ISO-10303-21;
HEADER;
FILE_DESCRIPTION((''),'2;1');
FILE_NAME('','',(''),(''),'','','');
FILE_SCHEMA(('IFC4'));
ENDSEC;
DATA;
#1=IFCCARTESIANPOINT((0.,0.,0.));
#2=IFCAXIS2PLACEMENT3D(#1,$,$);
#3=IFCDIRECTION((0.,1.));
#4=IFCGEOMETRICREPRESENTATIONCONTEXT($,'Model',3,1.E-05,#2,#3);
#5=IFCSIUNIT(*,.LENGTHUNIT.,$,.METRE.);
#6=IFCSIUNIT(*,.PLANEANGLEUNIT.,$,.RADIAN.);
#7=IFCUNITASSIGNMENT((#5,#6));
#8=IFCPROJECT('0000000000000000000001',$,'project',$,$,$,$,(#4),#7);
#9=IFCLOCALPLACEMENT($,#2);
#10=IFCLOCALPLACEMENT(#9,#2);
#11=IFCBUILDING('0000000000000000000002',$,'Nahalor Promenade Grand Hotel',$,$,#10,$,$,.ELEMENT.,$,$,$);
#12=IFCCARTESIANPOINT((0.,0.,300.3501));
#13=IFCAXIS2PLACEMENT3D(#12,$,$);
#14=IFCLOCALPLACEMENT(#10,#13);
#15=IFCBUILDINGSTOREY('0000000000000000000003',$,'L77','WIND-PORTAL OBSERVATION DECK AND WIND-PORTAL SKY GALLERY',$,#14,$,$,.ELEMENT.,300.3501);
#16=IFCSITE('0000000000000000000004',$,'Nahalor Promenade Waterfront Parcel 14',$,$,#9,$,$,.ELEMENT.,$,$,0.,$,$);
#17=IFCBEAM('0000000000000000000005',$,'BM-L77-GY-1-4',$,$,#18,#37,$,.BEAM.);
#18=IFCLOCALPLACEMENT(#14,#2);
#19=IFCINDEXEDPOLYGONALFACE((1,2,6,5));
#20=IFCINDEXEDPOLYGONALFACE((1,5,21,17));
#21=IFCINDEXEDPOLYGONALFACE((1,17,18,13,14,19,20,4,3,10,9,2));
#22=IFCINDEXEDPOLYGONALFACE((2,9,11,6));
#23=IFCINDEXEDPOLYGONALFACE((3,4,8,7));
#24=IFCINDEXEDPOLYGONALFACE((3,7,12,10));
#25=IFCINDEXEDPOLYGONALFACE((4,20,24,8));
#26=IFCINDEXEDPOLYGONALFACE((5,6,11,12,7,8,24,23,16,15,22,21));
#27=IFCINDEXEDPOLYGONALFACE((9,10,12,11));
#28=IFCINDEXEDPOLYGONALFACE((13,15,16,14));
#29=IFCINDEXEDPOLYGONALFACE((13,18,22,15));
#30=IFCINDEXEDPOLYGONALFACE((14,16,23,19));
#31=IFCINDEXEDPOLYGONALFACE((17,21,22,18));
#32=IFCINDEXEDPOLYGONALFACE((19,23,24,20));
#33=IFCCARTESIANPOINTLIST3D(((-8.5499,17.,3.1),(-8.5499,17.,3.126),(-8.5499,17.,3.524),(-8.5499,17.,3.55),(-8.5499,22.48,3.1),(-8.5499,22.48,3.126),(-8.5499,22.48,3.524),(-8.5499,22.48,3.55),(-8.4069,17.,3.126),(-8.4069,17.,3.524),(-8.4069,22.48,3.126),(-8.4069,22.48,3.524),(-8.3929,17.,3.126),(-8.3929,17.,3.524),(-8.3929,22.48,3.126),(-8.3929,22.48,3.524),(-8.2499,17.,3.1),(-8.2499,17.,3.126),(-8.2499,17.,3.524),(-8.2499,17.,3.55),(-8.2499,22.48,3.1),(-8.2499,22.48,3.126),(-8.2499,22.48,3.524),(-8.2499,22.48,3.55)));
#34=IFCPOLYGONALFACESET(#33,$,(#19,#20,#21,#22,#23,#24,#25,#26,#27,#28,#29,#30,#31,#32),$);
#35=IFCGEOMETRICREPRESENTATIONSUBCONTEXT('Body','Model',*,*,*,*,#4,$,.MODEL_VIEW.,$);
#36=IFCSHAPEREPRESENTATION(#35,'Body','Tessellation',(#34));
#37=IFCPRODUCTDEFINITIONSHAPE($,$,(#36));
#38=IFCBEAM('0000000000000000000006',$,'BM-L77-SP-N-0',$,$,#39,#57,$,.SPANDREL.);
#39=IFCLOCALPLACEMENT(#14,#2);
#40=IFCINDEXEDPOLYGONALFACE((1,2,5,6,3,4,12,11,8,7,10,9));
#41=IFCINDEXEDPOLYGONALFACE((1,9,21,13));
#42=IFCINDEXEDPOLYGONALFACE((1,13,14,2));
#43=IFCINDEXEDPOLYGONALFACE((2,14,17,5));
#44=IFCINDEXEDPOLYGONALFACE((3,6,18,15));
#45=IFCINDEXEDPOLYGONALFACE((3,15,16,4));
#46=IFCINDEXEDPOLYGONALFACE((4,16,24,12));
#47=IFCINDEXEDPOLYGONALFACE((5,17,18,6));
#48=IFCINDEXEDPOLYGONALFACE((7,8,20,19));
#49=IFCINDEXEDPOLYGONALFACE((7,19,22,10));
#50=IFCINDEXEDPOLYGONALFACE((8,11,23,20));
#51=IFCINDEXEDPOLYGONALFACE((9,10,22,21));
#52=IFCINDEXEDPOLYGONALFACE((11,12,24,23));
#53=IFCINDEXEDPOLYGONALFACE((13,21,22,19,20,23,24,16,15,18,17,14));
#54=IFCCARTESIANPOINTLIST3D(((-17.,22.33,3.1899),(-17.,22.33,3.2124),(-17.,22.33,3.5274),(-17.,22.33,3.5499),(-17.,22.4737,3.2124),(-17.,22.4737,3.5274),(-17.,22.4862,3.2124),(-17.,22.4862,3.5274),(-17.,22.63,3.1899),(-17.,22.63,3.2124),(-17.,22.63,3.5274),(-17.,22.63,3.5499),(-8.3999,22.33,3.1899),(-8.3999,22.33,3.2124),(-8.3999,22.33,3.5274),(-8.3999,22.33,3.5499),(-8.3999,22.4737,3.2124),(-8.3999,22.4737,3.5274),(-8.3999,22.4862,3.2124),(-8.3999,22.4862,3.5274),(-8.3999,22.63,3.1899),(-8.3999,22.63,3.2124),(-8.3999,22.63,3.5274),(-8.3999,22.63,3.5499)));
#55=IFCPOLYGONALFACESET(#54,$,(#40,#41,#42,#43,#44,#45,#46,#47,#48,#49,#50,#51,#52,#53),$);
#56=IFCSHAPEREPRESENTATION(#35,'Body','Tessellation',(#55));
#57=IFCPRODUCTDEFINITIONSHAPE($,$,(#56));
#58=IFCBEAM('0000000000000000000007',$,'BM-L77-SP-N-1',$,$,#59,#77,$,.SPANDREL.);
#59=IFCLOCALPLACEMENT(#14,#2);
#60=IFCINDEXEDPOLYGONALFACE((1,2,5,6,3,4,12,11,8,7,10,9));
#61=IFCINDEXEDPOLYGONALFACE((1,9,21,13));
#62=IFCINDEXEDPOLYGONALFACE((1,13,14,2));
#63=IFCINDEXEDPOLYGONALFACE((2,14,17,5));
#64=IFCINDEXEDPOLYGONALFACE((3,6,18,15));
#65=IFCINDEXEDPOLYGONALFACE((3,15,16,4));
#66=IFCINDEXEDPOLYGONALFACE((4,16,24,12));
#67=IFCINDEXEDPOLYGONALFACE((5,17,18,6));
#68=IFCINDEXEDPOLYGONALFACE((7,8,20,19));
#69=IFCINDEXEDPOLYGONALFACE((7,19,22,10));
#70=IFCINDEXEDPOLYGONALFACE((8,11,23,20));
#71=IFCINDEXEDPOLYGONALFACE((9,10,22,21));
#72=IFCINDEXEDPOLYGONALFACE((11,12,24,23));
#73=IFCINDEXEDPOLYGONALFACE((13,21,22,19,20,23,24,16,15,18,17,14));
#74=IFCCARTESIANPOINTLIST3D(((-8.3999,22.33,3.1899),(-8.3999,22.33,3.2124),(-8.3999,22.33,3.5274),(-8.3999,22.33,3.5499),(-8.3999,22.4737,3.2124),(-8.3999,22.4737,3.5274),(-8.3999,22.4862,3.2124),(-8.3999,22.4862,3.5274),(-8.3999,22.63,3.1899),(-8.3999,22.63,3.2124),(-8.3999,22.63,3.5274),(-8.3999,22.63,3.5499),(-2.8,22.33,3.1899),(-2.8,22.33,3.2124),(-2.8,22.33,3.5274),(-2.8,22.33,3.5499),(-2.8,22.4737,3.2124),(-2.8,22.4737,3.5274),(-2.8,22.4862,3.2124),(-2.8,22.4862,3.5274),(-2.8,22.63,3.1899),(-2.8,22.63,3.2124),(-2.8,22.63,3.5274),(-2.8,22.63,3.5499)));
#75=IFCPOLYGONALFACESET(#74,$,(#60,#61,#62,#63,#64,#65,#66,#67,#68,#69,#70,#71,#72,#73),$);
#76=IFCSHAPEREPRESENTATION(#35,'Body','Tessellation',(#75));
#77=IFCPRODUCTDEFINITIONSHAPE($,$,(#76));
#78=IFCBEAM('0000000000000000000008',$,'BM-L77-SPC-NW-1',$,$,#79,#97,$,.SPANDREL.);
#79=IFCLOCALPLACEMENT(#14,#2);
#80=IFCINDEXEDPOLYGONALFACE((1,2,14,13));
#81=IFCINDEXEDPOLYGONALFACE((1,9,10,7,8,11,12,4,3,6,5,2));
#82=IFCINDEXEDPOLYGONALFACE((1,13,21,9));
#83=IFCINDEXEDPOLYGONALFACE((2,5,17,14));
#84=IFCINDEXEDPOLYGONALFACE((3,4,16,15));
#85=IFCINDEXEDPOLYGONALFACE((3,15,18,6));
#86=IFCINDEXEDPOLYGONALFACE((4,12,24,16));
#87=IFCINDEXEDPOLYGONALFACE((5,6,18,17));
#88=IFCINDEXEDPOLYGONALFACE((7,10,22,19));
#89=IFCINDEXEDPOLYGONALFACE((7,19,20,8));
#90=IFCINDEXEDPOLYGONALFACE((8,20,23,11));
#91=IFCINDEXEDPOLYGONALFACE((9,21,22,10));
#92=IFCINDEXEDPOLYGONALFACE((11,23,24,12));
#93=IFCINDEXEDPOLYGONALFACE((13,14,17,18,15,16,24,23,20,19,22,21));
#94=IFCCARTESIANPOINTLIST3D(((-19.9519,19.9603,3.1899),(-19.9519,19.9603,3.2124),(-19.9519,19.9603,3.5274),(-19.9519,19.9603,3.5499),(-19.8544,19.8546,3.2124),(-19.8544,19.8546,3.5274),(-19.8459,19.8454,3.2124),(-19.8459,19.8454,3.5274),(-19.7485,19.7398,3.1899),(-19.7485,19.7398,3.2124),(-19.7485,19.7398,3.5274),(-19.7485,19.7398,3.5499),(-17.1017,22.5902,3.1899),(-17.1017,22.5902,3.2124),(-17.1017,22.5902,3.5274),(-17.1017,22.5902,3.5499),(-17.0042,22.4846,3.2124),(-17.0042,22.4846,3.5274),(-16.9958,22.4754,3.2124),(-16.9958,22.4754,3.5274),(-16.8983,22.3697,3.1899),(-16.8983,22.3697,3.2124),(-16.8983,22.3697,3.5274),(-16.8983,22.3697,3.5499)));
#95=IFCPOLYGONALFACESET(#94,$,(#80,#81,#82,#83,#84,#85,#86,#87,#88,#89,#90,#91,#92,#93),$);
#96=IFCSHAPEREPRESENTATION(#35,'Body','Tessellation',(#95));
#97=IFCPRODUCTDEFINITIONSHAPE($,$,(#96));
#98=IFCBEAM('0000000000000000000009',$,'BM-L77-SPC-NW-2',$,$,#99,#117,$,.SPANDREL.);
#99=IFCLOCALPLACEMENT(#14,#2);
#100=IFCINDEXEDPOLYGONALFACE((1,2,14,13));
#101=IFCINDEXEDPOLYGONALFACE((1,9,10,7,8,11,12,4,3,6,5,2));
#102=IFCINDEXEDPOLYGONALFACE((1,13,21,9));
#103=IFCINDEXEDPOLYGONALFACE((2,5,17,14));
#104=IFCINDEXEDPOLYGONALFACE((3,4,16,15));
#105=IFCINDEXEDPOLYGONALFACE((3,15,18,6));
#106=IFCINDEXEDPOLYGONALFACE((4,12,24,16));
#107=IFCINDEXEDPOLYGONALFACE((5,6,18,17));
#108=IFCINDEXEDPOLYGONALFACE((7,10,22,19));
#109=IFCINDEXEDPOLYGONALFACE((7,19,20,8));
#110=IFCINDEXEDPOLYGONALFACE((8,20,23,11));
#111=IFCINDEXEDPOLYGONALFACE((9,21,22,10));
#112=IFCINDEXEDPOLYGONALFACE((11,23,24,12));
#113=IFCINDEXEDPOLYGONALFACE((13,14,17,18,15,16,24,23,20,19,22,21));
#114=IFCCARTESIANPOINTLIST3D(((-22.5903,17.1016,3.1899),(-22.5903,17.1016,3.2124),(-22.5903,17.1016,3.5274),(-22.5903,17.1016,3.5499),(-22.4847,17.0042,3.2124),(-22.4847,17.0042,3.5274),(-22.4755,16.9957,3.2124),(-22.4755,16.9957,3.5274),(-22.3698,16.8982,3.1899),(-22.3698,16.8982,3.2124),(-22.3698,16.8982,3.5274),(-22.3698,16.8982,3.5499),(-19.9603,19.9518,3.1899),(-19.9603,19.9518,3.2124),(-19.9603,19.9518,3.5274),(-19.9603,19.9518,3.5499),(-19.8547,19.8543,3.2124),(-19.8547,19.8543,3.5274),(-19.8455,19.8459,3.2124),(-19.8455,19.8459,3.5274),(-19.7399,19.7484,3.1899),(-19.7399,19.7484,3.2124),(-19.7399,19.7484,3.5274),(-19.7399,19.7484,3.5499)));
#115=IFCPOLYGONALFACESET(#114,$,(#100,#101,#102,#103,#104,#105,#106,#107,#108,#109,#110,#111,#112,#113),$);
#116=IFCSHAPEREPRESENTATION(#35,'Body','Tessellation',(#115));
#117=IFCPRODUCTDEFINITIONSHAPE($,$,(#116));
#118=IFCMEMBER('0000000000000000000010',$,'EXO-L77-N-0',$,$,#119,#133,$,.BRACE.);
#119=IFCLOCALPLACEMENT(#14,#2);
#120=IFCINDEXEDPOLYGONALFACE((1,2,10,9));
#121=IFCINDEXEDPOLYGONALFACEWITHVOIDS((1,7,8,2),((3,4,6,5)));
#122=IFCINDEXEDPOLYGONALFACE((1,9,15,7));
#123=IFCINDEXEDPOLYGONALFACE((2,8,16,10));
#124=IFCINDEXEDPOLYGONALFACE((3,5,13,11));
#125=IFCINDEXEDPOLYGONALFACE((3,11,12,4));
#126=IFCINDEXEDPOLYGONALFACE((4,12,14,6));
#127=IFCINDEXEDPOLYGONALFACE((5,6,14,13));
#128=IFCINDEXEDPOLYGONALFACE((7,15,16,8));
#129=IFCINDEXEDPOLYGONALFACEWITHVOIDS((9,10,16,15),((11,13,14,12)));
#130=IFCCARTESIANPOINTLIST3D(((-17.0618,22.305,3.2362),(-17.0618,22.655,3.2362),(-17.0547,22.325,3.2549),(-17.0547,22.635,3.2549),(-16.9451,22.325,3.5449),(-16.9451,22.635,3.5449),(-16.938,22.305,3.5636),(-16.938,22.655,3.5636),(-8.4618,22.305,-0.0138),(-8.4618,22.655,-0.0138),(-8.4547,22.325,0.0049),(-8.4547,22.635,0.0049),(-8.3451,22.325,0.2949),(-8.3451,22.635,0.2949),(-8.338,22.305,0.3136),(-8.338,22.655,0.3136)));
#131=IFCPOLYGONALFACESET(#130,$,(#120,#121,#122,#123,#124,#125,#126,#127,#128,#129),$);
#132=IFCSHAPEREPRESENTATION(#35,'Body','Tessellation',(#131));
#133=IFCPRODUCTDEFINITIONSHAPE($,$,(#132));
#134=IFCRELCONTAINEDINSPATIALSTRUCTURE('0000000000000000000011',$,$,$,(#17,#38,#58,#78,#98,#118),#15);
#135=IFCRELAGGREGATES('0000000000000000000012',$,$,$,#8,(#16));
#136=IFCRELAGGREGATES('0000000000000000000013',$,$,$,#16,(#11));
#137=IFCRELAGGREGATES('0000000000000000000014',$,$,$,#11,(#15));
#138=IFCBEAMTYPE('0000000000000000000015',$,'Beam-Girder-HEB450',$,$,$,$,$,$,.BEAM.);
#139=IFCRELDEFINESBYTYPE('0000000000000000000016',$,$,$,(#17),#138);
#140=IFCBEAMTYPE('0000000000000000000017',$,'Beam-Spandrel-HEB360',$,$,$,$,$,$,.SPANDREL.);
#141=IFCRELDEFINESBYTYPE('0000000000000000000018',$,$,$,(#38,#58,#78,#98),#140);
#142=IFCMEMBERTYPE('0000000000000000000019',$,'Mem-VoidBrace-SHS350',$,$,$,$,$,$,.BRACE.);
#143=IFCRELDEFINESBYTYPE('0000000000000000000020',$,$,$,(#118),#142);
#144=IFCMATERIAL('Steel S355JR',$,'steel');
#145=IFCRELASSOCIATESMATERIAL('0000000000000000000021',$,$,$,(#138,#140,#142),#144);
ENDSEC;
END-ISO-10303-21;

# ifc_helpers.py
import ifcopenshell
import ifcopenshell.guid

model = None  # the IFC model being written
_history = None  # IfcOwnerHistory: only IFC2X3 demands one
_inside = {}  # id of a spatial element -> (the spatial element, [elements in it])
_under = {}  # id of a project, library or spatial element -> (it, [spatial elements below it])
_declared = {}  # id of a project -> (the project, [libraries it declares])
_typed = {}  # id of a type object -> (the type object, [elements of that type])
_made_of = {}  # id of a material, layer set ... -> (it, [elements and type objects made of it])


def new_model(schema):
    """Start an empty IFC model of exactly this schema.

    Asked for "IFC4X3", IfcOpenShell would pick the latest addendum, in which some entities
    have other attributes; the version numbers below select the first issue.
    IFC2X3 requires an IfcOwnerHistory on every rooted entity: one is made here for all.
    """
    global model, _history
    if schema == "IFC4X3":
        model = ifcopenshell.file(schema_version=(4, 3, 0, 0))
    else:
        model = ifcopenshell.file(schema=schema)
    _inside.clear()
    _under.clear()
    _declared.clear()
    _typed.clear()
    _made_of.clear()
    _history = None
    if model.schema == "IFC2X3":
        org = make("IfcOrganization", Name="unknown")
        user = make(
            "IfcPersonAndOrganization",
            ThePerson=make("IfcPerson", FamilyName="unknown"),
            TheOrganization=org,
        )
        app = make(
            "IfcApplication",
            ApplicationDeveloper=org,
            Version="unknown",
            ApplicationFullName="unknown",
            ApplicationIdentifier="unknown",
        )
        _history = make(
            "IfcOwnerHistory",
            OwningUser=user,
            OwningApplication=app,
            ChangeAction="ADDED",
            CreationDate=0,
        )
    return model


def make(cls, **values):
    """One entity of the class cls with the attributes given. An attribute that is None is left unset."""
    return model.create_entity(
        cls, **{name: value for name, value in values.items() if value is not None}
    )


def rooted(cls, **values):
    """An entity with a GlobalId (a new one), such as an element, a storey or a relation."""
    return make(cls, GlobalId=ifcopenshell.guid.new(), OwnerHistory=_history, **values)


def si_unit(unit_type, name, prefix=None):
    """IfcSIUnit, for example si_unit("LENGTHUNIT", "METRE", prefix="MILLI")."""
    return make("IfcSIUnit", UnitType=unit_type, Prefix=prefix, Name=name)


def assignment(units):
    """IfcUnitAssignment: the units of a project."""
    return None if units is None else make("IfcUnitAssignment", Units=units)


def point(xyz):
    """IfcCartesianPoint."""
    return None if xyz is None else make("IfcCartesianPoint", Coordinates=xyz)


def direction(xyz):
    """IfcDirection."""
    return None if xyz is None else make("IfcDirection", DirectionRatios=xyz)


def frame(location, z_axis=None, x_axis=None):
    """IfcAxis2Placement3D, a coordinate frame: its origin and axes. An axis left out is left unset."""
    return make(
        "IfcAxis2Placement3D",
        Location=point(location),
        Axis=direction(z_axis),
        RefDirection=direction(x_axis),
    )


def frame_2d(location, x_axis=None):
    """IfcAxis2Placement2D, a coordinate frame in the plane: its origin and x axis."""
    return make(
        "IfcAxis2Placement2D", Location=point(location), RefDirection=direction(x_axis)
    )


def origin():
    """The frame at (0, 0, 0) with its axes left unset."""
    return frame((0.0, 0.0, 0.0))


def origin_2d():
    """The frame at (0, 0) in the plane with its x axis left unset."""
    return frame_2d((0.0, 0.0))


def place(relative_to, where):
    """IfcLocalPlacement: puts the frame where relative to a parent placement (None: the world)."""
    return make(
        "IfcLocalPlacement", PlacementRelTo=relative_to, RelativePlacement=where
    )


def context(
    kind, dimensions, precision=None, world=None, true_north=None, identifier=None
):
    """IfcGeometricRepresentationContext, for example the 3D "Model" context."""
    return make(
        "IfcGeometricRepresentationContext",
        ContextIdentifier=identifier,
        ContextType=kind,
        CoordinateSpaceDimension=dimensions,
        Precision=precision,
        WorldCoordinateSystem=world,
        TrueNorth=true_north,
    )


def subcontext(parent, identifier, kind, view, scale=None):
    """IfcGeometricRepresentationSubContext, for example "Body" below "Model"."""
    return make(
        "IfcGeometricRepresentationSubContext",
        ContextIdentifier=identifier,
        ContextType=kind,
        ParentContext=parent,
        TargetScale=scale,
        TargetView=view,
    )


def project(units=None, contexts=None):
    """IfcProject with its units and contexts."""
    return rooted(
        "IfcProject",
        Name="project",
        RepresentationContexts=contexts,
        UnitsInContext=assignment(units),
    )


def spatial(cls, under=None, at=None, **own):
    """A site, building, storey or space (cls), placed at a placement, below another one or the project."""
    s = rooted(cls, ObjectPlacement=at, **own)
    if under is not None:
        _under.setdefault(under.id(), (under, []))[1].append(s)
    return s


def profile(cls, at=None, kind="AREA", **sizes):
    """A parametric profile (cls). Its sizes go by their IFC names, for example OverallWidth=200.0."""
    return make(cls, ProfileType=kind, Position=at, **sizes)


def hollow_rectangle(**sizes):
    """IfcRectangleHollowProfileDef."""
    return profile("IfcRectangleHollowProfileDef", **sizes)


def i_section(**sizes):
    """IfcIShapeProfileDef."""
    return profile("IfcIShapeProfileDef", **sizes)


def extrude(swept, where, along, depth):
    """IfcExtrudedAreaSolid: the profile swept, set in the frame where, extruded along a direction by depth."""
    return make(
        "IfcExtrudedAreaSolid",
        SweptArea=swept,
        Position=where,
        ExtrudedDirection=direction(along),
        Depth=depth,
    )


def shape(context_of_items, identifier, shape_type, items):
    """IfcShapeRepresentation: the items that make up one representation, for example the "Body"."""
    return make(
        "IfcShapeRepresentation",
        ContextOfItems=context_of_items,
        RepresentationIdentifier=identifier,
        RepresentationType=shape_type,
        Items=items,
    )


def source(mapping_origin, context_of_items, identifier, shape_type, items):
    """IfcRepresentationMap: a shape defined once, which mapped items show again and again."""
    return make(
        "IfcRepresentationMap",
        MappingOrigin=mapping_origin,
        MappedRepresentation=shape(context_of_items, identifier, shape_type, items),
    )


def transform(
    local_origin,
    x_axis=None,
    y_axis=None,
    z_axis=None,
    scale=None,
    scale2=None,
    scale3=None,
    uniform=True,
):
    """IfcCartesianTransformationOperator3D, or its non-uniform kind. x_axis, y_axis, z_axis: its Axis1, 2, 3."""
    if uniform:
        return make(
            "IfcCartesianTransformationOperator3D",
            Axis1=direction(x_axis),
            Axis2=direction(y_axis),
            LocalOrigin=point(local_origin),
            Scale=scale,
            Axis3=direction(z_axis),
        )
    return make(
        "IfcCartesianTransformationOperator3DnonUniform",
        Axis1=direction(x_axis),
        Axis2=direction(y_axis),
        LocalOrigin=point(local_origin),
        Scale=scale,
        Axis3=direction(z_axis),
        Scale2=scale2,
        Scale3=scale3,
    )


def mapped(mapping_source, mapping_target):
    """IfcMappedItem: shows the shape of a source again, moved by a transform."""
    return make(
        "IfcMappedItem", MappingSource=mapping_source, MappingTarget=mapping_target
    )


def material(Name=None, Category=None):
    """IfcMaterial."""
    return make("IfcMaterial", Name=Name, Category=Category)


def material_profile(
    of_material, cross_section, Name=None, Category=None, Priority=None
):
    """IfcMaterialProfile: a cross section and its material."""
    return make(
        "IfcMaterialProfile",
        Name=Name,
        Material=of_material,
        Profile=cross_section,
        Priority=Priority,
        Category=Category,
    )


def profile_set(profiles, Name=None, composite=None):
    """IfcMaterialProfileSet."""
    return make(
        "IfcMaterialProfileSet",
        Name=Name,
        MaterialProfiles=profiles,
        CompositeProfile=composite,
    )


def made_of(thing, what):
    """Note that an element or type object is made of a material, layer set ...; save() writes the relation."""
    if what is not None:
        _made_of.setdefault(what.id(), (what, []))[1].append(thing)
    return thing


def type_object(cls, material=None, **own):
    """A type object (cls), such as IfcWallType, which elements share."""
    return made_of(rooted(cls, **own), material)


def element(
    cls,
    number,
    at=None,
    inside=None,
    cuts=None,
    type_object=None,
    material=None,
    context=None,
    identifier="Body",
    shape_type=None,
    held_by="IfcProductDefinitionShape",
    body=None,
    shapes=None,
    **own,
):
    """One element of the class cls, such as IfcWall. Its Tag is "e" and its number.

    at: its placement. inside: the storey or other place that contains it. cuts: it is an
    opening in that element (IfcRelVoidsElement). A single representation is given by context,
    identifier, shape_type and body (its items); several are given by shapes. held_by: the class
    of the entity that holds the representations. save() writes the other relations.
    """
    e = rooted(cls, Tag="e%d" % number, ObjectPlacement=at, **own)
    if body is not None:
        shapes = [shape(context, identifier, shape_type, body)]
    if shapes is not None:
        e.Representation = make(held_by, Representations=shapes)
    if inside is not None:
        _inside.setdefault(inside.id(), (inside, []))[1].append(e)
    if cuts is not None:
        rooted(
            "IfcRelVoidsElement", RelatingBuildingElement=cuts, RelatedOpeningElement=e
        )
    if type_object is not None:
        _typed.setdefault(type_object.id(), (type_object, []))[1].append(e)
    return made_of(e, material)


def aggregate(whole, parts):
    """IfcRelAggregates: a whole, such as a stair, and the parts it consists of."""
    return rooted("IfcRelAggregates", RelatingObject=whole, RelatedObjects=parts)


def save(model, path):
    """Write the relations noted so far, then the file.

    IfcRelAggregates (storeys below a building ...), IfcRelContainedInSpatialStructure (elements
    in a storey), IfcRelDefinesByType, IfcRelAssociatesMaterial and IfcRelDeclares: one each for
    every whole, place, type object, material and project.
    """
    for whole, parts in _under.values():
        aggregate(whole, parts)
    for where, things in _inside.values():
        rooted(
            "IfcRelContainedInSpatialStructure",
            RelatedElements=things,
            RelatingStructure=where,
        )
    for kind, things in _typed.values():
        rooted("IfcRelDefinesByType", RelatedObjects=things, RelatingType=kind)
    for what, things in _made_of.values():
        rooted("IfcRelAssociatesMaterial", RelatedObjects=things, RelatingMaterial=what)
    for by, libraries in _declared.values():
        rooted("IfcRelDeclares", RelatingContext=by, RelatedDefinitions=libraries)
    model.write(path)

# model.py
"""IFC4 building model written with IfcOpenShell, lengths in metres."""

from ifc_helpers import new_model, si_unit, direction, frame, origin, origin_2d, place, context, subcontext, project, spatial, hollow_rectangle, i_section, extrude, source, transform, mapped, material, material_profile, profile_set, type_object, element, save


model = new_model("IFC4")

# Units and contexts
model_context = context("Model", 3, precision=1e-05, world=origin(), true_north=direction((0.0, 1.0)))
body_context = subcontext(model_context, "Body", "Model", "MODEL_VIEW")
ifc_project = project(units=[si_unit("LENGTHUNIT", "METRE"), si_unit("PLANEANGLEUNIT", "RADIAN")], contexts=[model_context])

# Site, building, storey
site_placement = place(None, origin())
site = spatial("IfcSite", under=ifc_project, at=site_placement, Name="Nahalor Promenade Waterfront Parcel 14", CompositionType="ELEMENT", RefElevation=0.0)
building_placement = place(site_placement, origin())
building = spatial("IfcBuilding", under=site, at=building_placement, Name="Nahalor Promenade Grand Hotel", CompositionType="ELEMENT")
storey_placement = place(building_placement, frame((0.0, 0.0, 300.3501)))
storey = spatial("IfcBuildingStorey", under=building, at=storey_placement, Name="L77", Description="WIND-PORTAL OBSERVATION DECK AND WIND-PORTAL SKY GALLERY", CompositionType="ELEMENT", Elevation=300.3501)

# Shared definitions
ifc_material_1 = material(Name="Steel S355JR", Category="steel")

# Beams
ifc_material_profile_1 = material_profile(ifc_material_1, i_section(OverallWidth=0.3, OverallDepth=0.45, WebThickness=0.014, FlangeThickness=0.026, at=origin_2d()), Name="HEB 450")
ifc_profile_set_1 = profile_set([ifc_material_profile_1], Name="Steel S355JR")
beam_type_1 = type_object("IfcBeamType", Name="Beam-Girder-HEB450", PredefinedType="BEAM", material=ifc_profile_set_1)
shared_shape_1 = source(origin(), body_context, "Body", "SweptSolid", [
    extrude(i_section(OverallWidth=0.3, OverallDepth=0.45, WebThickness=0.014, FlangeThickness=0.026, at=origin_2d()), origin(), (0.0, 0.0, 1.0), 5.48),
])
for number, where, z_axis, x_axis, name in (
    (1, (-8.3999, 17.0, 3.325), (0.0, 1.0, 0.0), (-1.0, 0.0, 0.0), "BM-L77-GY-1-4"),
):
    element("IfcBeam", number, at=place(storey_placement, frame(where, z_axis=z_axis, x_axis=x_axis)), inside=storey, type_object=beam_type_1, Name=name, PredefinedType="BEAM", context=body_context, shape_type="MappedRepresentation", body=[
        mapped(shared_shape_1, transform((0.0, 0.0, 0.0), scale=1.0)),
    ])
ifc_material_profile_2 = material_profile(ifc_material_1, i_section(OverallWidth=0.3, OverallDepth=0.36, WebThickness=0.0125, FlangeThickness=0.0225, at=origin_2d()), Name="HEB 360")
ifc_profile_set_2 = profile_set([ifc_material_profile_2], Name="Steel S355JR")
beam_type_2 = type_object("IfcBeamType", Name="Beam-Spandrel-HEB360", PredefinedType="SPANDREL", material=ifc_profile_set_2)
shared_shape_2 = source(origin(), body_context, "Body", "SweptSolid", [
    extrude(i_section(OverallWidth=0.3, OverallDepth=0.36, WebThickness=0.0125, FlangeThickness=0.0225, at=origin_2d()), origin(), (0.0, 0.0, 1.0), 8.6001),
])
beam_1_placement = place(storey_placement, frame((-17.0, 22.48, 3.3699), z_axis=(1.0, 0.0, 0.0), x_axis=(0.0, 1.0, 0.0)))
element("IfcBeam", 2, at=beam_1_placement, inside=storey, type_object=beam_type_2, Name="BM-L77-SP-N-0", PredefinedType="SPANDREL", context=body_context, shape_type="MappedRepresentation", body=[
    mapped(shared_shape_2, transform((0.0, 0.0, 0.0), scale=1.0)),
])
shared_shape_3 = source(origin(), body_context, "Body", "SweptSolid", [
    extrude(i_section(OverallWidth=0.3, OverallDepth=0.36, WebThickness=0.0125, FlangeThickness=0.0225, at=origin_2d()), origin(), (0.0, 0.0, 1.0), 5.5999),
])
beam_2_placement = place(storey_placement, frame((-8.3999, 22.48, 3.3699), z_axis=(1.0, 0.0, 0.0), x_axis=(0.0, 1.0, 0.0)))
element("IfcBeam", 3, at=beam_2_placement, inside=storey, type_object=beam_type_2, Name="BM-L77-SP-N-1", PredefinedType="SPANDREL", context=body_context, shape_type="MappedRepresentation", body=[
    mapped(shared_shape_3, transform((0.0, 0.0, 0.0), scale=1.0)),
])
shared_shape_4 = source(origin(), body_context, "Body", "SweptSolid", [
    extrude(i_section(OverallWidth=0.3, OverallDepth=0.36, WebThickness=0.0125, FlangeThickness=0.0225, at=origin_2d()), origin(), (0.0, 0.0, 1.0), 3.8782),
])
for number, where, z_axis, x_axis, name in (
    (4, (-17.0, 22.48, 3.3699), (-0.734929, -0.678144, 0.0), (0.678144, -0.734929, 0.0), "BM-L77-SPC-NW-1"),
    (5, (-19.8501, 19.8501, 3.3699), (-0.678144, -0.734929, 0.0), (0.734929, -0.678144, 0.0), "BM-L77-SPC-NW-2"),
):
    element("IfcBeam", number, at=place(storey_placement, frame(where, z_axis=z_axis, x_axis=x_axis)), inside=storey, type_object=beam_type_2, Name=name, PredefinedType="SPANDREL", context=body_context, shape_type="MappedRepresentation", body=[
        mapped(shared_shape_4, transform((0.0, 0.0, 0.0), scale=1.0)),
    ])

# Member
ifc_material_profile_3 = material_profile(ifc_material_1, hollow_rectangle(XDim=0.35, YDim=0.35, WallThickness=0.02, at=origin_2d()), Name="SHS 350x350x20")
ifc_profile_set_3 = profile_set([ifc_material_profile_3], Name="Steel S355JR")
member_type = type_object("IfcMemberType", Name="Mem-VoidBrace-SHS350", PredefinedType="BRACE", material=ifc_profile_set_3)
shared_shape_5 = source(origin(), body_context, "Body", "SweptSolid", [
    extrude(hollow_rectangle(XDim=0.35, YDim=0.35, WallThickness=0.02, at=origin_2d()), origin(), (0.0, 0.0, 1.0), 9.1936),
])
member_placement = place(storey_placement, frame((-8.3999, 22.48, 0.1499), z_axis=(-0.935433, 0.0, 0.353503), x_axis=(0.0, -1.0, 0.0)))
element("IfcMember", 6, at=member_placement, inside=storey, type_object=member_type, Name="EXO-L77-N-0", PredefinedType="BRACE", context=body_context, shape_type="MappedRepresentation", body=[
    mapped(shared_shape_5, transform((0.0, 0.0, 0.0), scale=1.0)),
])

save(model, "model.ifc")
